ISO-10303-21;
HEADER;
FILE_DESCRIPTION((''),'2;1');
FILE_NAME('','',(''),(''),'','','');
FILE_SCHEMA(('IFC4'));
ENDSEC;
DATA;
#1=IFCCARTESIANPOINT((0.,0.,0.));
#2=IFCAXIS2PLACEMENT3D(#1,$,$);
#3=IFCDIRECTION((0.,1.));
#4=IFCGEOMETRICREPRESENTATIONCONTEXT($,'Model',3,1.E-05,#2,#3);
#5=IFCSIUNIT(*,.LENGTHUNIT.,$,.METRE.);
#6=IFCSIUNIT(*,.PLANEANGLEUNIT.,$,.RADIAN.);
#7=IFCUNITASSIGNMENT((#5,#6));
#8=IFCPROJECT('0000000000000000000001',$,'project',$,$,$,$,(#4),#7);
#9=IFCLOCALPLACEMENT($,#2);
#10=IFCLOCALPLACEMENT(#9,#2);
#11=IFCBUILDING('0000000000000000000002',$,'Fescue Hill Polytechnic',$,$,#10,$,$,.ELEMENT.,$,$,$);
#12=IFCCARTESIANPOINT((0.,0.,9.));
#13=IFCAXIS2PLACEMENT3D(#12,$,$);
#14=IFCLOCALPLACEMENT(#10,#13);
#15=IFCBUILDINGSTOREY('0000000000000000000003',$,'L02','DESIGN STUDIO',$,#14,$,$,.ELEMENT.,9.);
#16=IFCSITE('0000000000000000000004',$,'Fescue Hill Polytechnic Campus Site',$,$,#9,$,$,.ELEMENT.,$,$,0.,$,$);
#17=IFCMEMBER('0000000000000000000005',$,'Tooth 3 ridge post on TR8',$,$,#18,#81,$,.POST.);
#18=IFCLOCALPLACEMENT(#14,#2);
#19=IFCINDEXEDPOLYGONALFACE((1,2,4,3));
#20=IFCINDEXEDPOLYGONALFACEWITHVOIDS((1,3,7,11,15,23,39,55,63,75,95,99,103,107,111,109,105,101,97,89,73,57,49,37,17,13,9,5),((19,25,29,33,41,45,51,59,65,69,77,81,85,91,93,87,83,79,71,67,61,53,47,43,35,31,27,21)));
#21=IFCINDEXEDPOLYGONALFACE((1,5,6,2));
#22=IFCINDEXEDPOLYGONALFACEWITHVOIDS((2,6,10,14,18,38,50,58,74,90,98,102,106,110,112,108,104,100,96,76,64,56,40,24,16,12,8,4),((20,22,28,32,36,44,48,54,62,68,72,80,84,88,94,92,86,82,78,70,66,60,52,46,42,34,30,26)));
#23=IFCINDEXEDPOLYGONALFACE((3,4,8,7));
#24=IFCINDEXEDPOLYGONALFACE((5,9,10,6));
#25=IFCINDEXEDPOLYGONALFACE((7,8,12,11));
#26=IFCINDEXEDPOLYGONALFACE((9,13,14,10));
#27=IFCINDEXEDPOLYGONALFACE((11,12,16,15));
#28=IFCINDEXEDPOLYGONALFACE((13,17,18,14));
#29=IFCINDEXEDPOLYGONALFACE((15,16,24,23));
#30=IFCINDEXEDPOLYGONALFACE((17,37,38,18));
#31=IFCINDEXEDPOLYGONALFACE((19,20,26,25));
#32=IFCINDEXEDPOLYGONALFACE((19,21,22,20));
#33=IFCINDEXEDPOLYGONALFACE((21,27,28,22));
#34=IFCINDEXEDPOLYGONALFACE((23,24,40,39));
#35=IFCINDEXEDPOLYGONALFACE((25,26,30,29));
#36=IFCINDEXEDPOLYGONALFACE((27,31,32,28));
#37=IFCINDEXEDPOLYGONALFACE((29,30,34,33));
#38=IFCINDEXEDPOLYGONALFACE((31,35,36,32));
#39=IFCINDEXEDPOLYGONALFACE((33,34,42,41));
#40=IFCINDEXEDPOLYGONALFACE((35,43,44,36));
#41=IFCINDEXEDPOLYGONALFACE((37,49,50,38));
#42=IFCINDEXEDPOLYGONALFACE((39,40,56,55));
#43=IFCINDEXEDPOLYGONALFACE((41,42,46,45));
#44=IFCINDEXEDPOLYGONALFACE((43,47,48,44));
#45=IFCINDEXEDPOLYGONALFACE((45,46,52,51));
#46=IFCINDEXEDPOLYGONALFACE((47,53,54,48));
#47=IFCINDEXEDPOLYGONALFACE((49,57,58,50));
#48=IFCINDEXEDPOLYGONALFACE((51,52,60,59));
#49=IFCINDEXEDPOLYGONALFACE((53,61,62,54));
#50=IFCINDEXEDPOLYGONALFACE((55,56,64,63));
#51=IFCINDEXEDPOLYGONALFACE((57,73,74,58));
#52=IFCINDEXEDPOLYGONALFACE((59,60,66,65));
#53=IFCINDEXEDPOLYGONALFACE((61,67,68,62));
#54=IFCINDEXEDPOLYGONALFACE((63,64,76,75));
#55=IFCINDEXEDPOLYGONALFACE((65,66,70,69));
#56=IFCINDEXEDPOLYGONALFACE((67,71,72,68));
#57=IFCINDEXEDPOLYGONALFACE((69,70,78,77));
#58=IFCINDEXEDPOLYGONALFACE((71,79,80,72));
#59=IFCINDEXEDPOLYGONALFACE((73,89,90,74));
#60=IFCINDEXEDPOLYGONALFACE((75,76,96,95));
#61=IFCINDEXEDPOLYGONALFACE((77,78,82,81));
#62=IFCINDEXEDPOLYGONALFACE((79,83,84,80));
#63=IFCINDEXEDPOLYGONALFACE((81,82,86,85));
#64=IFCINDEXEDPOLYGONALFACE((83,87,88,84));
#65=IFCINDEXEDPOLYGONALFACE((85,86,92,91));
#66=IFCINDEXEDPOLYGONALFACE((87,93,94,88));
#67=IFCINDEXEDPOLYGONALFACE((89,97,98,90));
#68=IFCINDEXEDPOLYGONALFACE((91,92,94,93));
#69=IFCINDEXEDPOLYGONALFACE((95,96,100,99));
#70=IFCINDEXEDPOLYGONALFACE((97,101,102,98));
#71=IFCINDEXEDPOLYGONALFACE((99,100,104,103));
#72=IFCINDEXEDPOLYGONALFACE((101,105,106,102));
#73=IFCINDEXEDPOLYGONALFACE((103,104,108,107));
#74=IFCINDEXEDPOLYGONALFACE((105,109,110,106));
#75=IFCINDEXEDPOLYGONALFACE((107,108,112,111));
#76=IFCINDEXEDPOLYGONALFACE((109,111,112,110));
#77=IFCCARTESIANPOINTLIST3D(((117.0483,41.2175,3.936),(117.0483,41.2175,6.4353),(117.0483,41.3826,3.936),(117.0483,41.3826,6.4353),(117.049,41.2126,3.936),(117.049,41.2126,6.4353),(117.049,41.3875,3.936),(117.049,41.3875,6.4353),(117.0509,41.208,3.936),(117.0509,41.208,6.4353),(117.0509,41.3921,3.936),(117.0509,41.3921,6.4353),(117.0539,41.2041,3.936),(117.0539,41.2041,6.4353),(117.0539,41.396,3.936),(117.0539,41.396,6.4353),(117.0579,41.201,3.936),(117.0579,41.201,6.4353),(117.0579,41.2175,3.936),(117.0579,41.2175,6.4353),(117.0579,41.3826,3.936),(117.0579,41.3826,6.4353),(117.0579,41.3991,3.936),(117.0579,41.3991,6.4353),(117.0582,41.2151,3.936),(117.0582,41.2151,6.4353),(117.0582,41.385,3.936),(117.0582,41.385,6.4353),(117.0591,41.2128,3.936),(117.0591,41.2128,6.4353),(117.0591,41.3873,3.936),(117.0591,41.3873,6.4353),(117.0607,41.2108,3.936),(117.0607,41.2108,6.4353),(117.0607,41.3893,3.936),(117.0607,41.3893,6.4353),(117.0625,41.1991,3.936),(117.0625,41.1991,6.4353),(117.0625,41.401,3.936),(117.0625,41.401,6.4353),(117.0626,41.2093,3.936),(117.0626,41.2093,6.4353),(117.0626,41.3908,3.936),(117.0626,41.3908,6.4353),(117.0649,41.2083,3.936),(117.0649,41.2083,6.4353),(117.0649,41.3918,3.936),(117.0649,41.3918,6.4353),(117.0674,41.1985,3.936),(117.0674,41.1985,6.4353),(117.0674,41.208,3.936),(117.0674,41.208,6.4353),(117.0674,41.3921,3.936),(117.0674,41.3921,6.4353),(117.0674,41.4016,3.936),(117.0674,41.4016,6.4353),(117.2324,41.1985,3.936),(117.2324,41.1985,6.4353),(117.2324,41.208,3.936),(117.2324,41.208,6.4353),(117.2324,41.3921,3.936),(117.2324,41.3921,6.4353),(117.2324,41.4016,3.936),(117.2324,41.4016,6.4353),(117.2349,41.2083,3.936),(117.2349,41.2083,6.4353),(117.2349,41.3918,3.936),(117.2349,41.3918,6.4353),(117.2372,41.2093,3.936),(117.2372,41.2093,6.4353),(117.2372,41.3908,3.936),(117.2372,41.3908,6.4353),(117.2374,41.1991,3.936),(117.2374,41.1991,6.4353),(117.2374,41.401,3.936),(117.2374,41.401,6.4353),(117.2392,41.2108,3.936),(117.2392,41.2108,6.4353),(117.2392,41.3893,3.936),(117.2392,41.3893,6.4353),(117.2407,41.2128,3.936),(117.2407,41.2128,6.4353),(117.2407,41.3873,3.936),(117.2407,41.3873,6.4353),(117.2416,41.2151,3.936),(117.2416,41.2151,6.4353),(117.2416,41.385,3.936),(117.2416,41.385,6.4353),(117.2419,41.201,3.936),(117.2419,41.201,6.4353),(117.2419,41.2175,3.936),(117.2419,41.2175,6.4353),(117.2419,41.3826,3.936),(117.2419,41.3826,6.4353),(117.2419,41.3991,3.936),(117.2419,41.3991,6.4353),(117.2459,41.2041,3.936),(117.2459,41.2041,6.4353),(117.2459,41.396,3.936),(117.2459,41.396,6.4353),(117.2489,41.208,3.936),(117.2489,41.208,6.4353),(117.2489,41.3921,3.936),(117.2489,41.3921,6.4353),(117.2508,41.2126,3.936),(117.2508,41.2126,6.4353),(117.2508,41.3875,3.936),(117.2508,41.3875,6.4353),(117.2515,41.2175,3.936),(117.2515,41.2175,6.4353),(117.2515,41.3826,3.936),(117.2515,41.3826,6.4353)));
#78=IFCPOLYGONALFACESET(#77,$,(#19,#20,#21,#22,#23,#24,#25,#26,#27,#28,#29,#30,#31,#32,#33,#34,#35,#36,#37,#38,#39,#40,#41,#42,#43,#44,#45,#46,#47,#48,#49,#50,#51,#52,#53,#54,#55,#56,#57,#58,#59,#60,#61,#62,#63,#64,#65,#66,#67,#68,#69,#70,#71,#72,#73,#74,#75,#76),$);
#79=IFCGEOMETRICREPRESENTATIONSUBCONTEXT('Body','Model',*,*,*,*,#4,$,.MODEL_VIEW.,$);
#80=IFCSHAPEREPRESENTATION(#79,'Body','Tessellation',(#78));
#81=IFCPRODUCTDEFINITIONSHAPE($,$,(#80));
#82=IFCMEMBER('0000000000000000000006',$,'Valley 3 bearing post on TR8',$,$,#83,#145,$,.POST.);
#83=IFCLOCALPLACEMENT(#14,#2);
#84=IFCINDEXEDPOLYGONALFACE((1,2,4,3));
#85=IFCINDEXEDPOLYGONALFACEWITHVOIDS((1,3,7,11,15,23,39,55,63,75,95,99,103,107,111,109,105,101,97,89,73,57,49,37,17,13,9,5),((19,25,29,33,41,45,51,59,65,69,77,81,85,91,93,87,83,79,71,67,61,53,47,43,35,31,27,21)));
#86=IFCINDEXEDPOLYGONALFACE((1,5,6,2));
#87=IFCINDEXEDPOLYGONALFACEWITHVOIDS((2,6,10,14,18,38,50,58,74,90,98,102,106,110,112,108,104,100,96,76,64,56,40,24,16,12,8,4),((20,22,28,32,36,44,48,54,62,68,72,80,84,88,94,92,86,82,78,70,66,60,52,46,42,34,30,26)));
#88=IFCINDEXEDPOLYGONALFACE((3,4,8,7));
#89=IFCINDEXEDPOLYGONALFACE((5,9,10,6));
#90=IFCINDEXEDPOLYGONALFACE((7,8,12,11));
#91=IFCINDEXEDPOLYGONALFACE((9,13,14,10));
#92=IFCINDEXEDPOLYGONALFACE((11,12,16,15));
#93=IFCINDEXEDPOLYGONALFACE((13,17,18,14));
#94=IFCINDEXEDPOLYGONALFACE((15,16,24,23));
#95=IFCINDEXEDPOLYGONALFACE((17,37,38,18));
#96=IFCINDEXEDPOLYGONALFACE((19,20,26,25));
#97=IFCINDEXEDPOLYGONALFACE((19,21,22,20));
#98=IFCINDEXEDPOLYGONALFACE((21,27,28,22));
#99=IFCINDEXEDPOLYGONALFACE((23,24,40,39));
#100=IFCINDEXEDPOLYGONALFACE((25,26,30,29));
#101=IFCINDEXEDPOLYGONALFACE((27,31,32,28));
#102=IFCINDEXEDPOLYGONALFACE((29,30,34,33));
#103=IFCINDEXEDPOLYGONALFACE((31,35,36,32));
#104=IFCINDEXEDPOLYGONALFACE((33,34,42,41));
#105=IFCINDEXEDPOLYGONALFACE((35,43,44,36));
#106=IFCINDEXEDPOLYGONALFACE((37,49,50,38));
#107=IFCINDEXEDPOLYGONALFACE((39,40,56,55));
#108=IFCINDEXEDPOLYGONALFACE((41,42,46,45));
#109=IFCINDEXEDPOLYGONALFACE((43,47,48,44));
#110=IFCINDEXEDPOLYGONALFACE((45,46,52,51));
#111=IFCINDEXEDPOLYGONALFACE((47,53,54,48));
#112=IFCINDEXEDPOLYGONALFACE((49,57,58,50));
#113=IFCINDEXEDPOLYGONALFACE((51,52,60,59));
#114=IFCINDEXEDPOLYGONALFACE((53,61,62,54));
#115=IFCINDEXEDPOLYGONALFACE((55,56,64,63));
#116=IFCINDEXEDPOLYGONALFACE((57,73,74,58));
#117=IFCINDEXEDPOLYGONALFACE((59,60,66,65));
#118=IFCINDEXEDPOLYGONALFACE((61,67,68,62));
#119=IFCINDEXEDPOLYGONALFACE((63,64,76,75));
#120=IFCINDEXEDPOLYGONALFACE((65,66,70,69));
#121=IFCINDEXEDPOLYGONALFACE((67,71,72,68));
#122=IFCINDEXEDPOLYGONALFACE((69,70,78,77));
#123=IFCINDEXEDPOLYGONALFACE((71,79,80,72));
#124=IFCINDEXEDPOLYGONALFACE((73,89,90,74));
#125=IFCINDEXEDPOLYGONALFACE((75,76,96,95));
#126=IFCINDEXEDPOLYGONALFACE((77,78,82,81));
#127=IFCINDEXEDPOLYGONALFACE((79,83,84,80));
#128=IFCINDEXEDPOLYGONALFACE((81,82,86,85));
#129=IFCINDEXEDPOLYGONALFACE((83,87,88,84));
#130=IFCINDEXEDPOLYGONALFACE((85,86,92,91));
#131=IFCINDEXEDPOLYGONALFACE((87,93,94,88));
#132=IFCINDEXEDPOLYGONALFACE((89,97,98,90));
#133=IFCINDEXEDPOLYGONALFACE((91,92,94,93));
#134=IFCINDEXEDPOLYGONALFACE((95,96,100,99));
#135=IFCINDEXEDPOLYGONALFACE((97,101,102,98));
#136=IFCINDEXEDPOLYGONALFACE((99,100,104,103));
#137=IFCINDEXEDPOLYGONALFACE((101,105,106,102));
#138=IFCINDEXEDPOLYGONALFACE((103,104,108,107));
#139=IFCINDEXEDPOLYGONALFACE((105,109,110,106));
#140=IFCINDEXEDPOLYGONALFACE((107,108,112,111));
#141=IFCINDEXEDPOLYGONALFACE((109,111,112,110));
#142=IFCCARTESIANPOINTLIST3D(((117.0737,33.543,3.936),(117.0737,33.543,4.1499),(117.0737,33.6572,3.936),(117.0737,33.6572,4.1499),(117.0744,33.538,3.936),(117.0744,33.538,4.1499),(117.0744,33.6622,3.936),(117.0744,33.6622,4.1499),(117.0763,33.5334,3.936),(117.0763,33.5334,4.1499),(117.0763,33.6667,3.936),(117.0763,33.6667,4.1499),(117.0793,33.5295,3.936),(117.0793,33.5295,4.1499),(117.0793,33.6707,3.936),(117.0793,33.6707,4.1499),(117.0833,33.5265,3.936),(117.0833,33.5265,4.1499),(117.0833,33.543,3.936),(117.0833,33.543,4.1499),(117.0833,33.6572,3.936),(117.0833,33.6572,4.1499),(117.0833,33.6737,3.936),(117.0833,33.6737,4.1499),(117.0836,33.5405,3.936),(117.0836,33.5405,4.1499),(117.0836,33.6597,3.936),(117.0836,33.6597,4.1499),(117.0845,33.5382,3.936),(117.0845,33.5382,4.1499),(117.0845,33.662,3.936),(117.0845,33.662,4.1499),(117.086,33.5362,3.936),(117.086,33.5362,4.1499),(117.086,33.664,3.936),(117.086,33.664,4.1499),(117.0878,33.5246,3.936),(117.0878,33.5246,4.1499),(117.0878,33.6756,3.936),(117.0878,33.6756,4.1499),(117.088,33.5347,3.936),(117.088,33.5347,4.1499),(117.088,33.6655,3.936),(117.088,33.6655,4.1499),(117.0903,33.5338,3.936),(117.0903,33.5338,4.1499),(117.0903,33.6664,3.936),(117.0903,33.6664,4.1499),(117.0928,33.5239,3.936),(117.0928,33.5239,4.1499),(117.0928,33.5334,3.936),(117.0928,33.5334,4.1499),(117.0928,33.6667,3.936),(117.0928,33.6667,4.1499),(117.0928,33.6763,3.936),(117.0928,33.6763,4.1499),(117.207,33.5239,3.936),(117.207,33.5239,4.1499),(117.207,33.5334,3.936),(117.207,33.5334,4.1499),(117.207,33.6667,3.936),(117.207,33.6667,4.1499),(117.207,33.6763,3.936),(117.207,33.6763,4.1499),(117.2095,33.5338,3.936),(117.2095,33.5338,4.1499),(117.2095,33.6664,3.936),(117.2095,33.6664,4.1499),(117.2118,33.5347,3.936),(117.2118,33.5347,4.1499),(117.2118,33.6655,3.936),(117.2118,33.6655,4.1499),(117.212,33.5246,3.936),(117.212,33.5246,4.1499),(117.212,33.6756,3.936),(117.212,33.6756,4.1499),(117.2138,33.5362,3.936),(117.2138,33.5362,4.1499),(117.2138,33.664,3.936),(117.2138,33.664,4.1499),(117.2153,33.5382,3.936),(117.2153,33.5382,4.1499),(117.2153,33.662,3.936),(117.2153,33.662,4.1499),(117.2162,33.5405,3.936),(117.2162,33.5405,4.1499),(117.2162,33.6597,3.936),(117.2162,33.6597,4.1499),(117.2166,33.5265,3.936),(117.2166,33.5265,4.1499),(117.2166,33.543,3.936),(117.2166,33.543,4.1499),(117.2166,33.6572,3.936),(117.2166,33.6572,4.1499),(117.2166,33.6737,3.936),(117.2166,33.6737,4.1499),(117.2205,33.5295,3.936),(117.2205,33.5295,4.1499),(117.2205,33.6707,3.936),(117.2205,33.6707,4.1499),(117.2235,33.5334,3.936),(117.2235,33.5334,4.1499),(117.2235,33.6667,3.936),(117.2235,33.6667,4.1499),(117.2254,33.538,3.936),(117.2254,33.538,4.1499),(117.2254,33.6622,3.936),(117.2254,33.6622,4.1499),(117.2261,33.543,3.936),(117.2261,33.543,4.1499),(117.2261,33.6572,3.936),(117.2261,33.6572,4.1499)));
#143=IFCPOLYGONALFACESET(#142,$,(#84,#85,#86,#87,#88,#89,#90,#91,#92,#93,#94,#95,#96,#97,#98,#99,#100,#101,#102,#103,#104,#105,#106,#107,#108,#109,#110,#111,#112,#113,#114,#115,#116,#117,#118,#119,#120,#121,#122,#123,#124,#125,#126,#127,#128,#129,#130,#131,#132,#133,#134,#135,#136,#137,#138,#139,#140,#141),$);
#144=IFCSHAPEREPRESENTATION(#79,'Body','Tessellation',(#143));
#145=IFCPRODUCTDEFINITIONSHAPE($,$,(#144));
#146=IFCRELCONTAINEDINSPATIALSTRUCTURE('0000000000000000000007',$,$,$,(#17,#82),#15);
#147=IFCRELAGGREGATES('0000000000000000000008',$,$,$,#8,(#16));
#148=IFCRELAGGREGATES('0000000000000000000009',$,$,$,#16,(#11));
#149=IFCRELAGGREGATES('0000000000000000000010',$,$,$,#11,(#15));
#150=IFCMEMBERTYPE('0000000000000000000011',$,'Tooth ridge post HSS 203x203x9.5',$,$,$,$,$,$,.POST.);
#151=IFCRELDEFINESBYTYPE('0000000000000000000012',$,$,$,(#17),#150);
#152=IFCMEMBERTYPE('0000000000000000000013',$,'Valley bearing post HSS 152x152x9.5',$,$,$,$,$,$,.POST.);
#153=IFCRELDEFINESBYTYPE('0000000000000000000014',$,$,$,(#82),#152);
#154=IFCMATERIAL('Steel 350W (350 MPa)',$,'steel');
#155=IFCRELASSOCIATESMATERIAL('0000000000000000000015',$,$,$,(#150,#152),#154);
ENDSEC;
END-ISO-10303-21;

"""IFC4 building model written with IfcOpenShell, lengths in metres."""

from ifc_helpers import new_model, si_unit, direction, frame, origin, origin_2d, place, context, subcontext, project, spatial, hollow_rectangle, extrude, material, material_profile, profile_set, type_object, element, save


model = new_model("IFC4")

# Units and contexts
model_context = context("Model", 3, precision=1e-05, world=origin(), true_north=direction((0.0, 1.0)))
body_context = subcontext(model_context, "Body", "Model", "MODEL_VIEW")
ifc_project = project(units=[si_unit("LENGTHUNIT", "METRE"), si_unit("PLANEANGLEUNIT", "RADIAN")], contexts=[model_context])

# Site, building, storey
site_placement = place(None, origin())
site = spatial("IfcSite", under=ifc_project, at=site_placement, Name="Fescue Hill Polytechnic Campus Site", CompositionType="ELEMENT", RefElevation=0.0)
building_placement = place(site_placement, origin())
building = spatial("IfcBuilding", under=site, at=building_placement, Name="Fescue Hill Polytechnic", CompositionType="ELEMENT")
storey_placement = place(building_placement, frame((0.0, 0.0, 9.0)))
storey = spatial("IfcBuildingStorey", under=building, at=storey_placement, Name="L02", Description="DESIGN STUDIO", CompositionType="ELEMENT", Elevation=9.0)

# Members
ifc_material_1 = material(Name="Steel 350W (350 MPa)", Category="steel")
ifc_material_profile_1 = material_profile(ifc_material_1, hollow_rectangle(XDim=0.2031, YDim=0.2031, WallThickness=0.0095, InnerFilletRadius=0.0095, OuterFilletRadius=0.019, at=origin_2d()), Name="Tooth ridge post HSS 203x203x9.5")
ifc_profile_set_1 = profile_set([ifc_material_profile_1], Name="Steel 350W (350 MPa)")
member_type_1 = type_object("IfcMemberType", Name="Tooth ridge post HSS 203x203x9.5", PredefinedType="POST", material=ifc_profile_set_1)
member_1_placement = place(storey_placement, frame((117.1499, 41.3, 3.936), z_axis=(0.0, 0.0, 1.0), x_axis=(1.0, 0.0, 0.0)))
element("IfcMember", 1, at=member_1_placement, inside=storey, type_object=member_type_1, Name="Tooth 3 ridge post on TR8", PredefinedType="POST", context=body_context, shape_type="SweptSolid", body=[
    extrude(hollow_rectangle(XDim=0.2031, YDim=0.2031, WallThickness=0.0095, InnerFilletRadius=0.0095, OuterFilletRadius=0.019, at=origin_2d()), origin(), (0.0, 0.0, 1.0), 2.4993),
])
ifc_material_profile_2 = material_profile(ifc_material_1, hollow_rectangle(XDim=0.1523, YDim=0.1523, WallThickness=0.0095, InnerFilletRadius=0.0095, OuterFilletRadius=0.019, at=origin_2d()), Name="Valley bearing post HSS 152x152x9.5")
ifc_profile_set_2 = profile_set([ifc_material_profile_2], Name="Steel 350W (350 MPa)")
member_type_2 = type_object("IfcMemberType", Name="Valley bearing post HSS 152x152x9.5", PredefinedType="POST", material=ifc_profile_set_2)
for number, where, z_axis, x_axis, name in (
    (2, (117.1499, 33.6001, 3.936), (0.0, 0.0, 1.0), (1.0, 0.0, 0.0), "Valley 3 bearing post on TR8"),
):
    element("IfcMember", number, at=place(storey_placement, frame(where, z_axis=z_axis, x_axis=x_axis)), inside=storey, type_object=member_type_2, Name=name, PredefinedType="POST", context=body_context, shape_type="SweptSolid", body=[
        extrude(hollow_rectangle(XDim=0.1523, YDim=0.1523, WallThickness=0.0095, InnerFilletRadius=0.0095, OuterFilletRadius=0.019, at=origin_2d()), origin(), (0.0, 0.0, 1.0), 0.2139),
    ])

save(model, "model.ifc")
